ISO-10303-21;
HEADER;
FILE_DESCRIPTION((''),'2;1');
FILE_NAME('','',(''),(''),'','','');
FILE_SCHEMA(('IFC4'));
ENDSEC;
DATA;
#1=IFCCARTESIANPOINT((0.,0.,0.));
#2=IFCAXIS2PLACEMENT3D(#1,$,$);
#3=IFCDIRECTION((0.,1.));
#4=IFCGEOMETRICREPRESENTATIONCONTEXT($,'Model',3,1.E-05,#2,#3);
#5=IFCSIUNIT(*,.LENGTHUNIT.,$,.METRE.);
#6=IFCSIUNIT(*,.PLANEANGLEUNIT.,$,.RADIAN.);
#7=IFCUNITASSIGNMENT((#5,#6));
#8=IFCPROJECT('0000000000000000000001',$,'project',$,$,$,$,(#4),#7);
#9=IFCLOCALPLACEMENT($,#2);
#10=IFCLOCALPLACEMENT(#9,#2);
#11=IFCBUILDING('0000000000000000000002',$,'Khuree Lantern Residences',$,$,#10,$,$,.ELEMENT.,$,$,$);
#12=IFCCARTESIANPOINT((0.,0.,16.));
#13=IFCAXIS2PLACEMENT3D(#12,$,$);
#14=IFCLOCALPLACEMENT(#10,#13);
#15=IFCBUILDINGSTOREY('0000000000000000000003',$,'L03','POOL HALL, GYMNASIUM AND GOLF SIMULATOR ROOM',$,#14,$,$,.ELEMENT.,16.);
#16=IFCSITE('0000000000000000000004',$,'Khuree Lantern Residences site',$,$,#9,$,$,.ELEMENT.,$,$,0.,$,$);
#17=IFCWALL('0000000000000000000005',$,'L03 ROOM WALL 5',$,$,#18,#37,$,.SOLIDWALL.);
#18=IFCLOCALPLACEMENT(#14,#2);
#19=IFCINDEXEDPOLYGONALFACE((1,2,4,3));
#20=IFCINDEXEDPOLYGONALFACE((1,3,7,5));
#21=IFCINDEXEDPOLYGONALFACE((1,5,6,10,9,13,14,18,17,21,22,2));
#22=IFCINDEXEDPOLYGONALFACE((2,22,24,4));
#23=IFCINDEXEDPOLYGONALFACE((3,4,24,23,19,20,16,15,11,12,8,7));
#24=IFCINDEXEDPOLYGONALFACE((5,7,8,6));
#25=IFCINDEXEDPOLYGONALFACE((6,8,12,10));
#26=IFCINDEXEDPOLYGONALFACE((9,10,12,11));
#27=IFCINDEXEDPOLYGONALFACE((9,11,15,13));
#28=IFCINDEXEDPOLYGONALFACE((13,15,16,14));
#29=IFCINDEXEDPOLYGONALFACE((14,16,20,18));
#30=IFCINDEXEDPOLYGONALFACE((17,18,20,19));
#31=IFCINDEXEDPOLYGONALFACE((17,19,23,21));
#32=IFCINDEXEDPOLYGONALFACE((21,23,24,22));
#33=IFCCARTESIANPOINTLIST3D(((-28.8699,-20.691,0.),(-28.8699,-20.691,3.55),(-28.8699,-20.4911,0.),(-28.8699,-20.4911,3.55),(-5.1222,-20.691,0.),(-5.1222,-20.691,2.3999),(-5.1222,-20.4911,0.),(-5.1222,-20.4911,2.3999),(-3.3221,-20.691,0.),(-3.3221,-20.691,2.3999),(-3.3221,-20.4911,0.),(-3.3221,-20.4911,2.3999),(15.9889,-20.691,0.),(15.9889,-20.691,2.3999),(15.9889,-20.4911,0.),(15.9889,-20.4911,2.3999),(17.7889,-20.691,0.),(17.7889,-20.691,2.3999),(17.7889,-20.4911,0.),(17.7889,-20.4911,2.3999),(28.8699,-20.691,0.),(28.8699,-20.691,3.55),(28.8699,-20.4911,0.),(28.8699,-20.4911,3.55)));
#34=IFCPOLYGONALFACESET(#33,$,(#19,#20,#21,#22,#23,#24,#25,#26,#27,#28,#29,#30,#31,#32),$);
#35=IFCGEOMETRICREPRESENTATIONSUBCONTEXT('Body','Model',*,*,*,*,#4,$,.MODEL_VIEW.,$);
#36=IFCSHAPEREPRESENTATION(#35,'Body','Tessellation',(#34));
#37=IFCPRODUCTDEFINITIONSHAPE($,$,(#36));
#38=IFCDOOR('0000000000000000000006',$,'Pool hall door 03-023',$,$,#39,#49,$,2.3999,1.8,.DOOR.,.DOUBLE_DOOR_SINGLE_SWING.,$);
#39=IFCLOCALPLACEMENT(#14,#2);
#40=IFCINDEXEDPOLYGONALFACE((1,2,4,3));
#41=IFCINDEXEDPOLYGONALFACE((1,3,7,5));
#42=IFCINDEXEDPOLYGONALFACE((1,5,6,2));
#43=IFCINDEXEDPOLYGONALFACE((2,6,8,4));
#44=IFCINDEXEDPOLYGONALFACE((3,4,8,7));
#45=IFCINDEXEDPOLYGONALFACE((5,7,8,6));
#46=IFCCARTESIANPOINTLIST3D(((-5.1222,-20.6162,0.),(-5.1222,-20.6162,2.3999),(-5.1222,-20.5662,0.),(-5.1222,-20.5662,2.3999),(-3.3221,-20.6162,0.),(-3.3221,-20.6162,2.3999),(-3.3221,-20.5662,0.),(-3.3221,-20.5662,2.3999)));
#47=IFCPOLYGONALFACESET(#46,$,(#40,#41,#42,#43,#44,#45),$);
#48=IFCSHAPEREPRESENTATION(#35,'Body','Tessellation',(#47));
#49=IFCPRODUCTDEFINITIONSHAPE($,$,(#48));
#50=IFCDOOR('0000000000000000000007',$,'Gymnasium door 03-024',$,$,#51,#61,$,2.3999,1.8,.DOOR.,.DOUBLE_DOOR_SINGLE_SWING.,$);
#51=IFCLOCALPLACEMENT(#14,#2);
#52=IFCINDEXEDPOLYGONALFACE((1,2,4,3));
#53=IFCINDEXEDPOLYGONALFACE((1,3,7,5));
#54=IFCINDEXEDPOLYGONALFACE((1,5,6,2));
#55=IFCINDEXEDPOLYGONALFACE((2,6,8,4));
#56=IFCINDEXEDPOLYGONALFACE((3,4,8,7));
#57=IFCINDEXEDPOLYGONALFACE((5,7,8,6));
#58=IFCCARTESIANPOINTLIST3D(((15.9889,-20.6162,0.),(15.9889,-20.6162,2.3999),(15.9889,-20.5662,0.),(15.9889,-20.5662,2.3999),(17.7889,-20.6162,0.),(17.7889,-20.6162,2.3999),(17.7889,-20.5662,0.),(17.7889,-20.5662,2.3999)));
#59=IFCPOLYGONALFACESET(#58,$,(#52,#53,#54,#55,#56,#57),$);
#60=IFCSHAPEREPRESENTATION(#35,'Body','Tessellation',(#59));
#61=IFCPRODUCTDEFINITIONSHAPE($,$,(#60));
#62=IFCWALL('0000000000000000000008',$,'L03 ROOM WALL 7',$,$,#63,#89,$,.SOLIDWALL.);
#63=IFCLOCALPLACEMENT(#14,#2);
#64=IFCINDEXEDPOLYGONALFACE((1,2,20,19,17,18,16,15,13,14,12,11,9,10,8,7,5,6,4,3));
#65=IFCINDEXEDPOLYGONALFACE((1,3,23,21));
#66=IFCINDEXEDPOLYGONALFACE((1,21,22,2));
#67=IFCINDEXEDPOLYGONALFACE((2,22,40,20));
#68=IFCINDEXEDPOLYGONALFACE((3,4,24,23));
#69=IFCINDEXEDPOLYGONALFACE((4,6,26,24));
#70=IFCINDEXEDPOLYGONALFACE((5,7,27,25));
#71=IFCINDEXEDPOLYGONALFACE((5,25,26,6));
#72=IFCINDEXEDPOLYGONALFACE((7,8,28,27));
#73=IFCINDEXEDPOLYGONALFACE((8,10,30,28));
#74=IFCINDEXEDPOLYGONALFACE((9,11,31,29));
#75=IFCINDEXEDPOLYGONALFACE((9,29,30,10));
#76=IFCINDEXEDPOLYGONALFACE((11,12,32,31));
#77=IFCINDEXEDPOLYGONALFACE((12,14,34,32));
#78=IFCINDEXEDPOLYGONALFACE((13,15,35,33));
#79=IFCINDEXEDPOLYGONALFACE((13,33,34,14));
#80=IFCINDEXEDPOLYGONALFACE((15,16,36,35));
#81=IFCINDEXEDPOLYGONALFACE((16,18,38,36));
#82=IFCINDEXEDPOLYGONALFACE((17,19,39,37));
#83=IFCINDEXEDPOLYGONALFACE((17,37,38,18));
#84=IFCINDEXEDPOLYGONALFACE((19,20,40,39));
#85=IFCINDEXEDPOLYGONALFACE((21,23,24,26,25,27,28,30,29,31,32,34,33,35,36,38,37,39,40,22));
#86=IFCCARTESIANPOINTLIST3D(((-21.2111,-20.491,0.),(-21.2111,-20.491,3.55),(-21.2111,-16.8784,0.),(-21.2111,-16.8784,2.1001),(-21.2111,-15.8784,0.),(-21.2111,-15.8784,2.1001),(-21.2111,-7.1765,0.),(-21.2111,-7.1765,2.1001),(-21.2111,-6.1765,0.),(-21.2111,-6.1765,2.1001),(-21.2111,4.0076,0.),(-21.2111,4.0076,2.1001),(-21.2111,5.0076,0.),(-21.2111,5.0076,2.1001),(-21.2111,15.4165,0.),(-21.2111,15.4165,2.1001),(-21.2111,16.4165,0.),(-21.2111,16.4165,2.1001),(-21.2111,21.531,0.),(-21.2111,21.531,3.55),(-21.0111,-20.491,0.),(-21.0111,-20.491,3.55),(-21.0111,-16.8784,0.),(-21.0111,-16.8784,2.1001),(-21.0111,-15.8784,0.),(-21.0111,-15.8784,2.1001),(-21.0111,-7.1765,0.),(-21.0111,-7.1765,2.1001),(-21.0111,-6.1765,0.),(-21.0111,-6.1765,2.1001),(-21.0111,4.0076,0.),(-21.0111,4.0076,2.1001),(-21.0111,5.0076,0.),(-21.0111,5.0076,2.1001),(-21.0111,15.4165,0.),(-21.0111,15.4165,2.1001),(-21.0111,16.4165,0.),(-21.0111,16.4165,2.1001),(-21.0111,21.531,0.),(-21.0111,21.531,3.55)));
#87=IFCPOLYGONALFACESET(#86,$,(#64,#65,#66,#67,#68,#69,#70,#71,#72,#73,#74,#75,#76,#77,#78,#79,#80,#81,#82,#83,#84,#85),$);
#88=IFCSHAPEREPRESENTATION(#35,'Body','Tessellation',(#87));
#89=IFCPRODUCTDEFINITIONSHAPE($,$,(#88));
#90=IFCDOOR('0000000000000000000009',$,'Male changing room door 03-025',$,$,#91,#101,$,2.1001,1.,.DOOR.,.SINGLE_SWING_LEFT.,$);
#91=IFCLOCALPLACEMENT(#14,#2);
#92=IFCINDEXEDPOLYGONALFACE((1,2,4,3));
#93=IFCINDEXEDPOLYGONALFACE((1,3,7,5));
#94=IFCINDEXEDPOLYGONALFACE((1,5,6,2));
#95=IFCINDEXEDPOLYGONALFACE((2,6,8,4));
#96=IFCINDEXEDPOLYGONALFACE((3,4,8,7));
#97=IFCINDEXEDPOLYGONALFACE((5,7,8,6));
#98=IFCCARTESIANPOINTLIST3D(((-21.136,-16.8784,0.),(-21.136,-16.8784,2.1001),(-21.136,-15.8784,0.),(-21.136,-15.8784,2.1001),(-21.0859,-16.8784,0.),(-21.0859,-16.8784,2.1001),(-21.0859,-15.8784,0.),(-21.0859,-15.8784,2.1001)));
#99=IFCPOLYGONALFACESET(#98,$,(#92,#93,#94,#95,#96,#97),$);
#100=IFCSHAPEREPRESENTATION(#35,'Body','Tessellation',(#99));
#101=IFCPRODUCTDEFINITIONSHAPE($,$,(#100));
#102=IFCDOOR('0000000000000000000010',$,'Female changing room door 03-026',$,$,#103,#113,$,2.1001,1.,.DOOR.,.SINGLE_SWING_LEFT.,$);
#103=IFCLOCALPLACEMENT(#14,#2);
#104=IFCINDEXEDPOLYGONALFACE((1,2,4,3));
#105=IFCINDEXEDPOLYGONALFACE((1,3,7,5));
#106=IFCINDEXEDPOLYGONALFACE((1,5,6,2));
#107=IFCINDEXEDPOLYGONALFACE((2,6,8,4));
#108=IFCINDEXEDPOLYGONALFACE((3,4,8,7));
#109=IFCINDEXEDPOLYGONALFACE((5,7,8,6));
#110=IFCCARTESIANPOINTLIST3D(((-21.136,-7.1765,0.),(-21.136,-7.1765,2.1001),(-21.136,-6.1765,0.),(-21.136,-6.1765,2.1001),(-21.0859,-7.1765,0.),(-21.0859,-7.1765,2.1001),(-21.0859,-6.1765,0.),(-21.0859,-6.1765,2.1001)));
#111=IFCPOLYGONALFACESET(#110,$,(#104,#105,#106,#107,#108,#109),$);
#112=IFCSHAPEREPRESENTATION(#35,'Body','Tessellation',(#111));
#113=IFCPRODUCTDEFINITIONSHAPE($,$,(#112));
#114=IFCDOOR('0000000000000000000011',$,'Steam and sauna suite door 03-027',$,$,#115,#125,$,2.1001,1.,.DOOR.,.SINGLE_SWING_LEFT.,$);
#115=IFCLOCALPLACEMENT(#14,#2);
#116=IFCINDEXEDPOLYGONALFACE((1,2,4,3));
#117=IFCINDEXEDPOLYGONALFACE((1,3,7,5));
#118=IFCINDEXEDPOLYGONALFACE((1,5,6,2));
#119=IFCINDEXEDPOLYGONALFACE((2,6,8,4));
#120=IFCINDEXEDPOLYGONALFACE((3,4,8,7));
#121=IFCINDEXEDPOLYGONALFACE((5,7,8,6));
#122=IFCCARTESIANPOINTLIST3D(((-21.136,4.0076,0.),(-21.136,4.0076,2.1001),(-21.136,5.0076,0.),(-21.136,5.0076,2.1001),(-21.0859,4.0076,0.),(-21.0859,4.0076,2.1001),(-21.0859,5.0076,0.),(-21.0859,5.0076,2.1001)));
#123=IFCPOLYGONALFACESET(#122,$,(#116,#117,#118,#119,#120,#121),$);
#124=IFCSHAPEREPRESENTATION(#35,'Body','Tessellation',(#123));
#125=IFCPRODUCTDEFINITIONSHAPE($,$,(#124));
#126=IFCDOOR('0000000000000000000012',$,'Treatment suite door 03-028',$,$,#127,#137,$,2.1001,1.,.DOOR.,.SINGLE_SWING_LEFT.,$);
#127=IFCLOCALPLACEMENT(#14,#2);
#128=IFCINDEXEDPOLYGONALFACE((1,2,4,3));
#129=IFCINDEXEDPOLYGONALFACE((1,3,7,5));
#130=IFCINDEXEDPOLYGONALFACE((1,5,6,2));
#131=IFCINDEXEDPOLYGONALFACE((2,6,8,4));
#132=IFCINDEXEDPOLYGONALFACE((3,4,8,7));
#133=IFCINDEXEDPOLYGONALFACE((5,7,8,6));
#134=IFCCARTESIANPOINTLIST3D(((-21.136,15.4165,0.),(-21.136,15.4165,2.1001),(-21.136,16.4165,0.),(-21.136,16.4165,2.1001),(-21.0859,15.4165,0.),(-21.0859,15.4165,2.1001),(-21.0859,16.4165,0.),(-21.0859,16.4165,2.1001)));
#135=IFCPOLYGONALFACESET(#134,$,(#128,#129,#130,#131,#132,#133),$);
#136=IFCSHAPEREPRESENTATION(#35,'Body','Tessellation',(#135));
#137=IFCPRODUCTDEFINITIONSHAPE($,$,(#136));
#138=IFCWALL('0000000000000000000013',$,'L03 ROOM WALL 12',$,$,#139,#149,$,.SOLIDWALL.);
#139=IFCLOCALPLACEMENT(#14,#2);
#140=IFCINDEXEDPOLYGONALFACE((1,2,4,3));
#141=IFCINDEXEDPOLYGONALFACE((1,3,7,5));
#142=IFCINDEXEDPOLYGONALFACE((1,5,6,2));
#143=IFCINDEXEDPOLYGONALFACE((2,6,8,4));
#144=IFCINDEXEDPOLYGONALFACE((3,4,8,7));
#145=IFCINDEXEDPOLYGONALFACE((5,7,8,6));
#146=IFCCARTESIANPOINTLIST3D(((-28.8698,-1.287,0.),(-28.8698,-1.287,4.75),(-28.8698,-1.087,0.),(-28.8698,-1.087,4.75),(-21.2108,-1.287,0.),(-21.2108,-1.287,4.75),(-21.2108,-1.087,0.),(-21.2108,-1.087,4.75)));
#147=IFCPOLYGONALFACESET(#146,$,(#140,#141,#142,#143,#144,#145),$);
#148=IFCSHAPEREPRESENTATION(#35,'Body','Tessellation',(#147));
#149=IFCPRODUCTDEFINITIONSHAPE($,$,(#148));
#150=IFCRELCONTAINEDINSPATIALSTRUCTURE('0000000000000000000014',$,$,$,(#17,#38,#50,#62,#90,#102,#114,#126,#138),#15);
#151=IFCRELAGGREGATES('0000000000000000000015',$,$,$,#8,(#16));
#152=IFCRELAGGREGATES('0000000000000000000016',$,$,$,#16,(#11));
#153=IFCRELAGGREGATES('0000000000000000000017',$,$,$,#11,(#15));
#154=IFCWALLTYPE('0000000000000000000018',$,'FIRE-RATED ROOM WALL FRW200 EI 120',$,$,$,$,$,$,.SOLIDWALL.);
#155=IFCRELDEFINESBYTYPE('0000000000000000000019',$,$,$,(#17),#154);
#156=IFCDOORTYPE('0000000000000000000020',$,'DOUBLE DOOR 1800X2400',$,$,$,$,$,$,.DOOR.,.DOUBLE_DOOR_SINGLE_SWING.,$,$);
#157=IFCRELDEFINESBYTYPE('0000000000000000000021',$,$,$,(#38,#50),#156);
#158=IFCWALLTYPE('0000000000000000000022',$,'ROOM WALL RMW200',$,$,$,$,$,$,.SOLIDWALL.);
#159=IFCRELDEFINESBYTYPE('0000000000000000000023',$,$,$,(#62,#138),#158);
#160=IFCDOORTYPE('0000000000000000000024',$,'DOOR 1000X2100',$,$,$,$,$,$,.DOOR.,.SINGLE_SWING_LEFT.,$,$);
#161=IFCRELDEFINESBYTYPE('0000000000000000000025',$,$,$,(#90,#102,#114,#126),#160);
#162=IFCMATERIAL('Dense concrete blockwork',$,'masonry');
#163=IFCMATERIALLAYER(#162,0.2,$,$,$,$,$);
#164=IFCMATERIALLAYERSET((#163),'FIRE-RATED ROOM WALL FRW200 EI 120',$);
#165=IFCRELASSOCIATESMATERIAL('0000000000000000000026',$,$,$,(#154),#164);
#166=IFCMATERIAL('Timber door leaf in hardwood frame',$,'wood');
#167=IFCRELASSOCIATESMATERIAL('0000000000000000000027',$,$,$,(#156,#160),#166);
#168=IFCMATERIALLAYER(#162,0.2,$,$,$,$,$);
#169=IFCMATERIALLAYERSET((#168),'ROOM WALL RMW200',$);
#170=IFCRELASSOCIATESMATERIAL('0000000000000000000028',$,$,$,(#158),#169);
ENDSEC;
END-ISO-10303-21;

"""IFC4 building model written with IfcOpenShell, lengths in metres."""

from ifc_helpers import new_model, si_unit, direction, frame, frame_2d, origin, place, context, subcontext, project, spatial, rectangle, extrude, material, layer, layer_set, type_object, element, fill, save


model = new_model("IFC4")

# Units and contexts
model_context = context("Model", 3, precision=1e-05, world=origin(), true_north=direction((0.0, 1.0)))
body_context = subcontext(model_context, "Body", "Model", "MODEL_VIEW")
ifc_project = project(units=[si_unit("LENGTHUNIT", "METRE"), si_unit("PLANEANGLEUNIT", "RADIAN")], contexts=[model_context])

# Site, building, storey
site_placement = place(None, origin())
site = spatial("IfcSite", under=ifc_project, at=site_placement, Name="Khuree Lantern Residences site", CompositionType="ELEMENT", RefElevation=0.0)
building_placement = place(site_placement, origin())
building = spatial("IfcBuilding", under=site, at=building_placement, Name="Khuree Lantern Residences", CompositionType="ELEMENT")
storey_placement = place(building_placement, frame((0.0, 0.0, 16.0)))
storey = spatial("IfcBuildingStorey", under=building, at=storey_placement, Name="L03", Description="POOL HALL, GYMNASIUM AND GOLF SIMULATOR ROOM", CompositionType="ELEMENT", Elevation=16.0)

# Shared definitions
ifc_material_1 = material(Name="Dense concrete blockwork", Category="masonry")
ifc_layer_1 = layer(ifc_material_1, 0.2)
ifc_layer_set_1 = layer_set([ifc_layer_1], Name="FIRE-RATED ROOM WALL FRW200 EI 120")
wall_type_1 = type_object("IfcWallType", Name="FIRE-RATED ROOM WALL FRW200 EI 120", PredefinedType="SOLIDWALL", material=ifc_layer_set_1)

# Walls, openings, doors
wall_1_placement = place(storey_placement, frame((-28.8699, -20.5911, 0.0), z_axis=(0.0, 0.0, 1.0), x_axis=(1.0, 0.0, 0.0)))
wall_1 = element("IfcWall", 1, at=wall_1_placement, inside=storey, type_object=wall_type_1, Name="L03 ROOM WALL 5", PredefinedType="SOLIDWALL", context=body_context, shape_type="SweptSolid", body=[
    extrude(rectangle(XDim=57.7397, YDim=0.2, at=frame_2d((28.8699, 0.0))), origin(), (0.0, 0.0, 1.0), 3.55),
])
opening_1_placement = place(wall_1_placement, frame((23.7478, 0.0, 0.0)))
opening_1 = element("IfcOpeningElement", 2, at=opening_1_placement, cuts=wall_1, PredefinedType="OPENING", context=body_context, shape_type="SweptSolid", body=[
    extrude(rectangle(XDim=1.8, YDim=2.3999, at=frame_2d((0.8999, 1.2))), frame((0.0, 0.1099, 0.0), z_axis=(0.0, -1.0, 0.0), x_axis=(1.0, 0.0, 0.0)), (0.0, 0.0, 1.0), 0.22),
])
opening_2_placement = place(wall_1_placement, frame((44.8589, 0.0, 0.0)))
opening_2 = element("IfcOpeningElement", 3, at=opening_2_placement, cuts=wall_1, PredefinedType="OPENING", context=body_context, shape_type="SweptSolid", body=[
    extrude(rectangle(XDim=1.8, YDim=2.3999, at=frame_2d((0.8999, 1.2))), frame((0.0, 0.1099, 0.0), z_axis=(0.0, -1.0, 0.0), x_axis=(1.0, 0.0, 0.0)), (0.0, 0.0, 1.0), 0.22),
])
ifc_material_2 = material(Name="Timber door leaf in hardwood frame", Category="wood")
door_type_1 = type_object("IfcDoorType", Name="DOUBLE DOOR 1800X2400", OperationType="DOUBLE_DOOR_SINGLE_SWING", PredefinedType="DOOR", material=ifc_material_2)
door_1_placement = place(opening_1_placement, origin())
door_1 = element("IfcDoor", 4, at=door_1_placement, inside=storey, type_object=door_type_1, Name="Pool hall door 03-023", OperationType="DOUBLE_DOOR_SINGLE_SWING", OverallHeight=2.3999, OverallWidth=1.8, PredefinedType="DOOR", context=body_context, shape_type="SweptSolid", body=[
    extrude(rectangle(XDim=1.8, YDim=2.3999, at=frame_2d((0.8999, 1.2))), frame((0.0, 0.0249, 0.0), z_axis=(0.0, -1.0, 0.0), x_axis=(1.0, 0.0, 0.0)), (0.0, 0.0, 1.0), 0.05),
])
fill(opening_1, door_1)
door_2_placement = place(opening_2_placement, origin())
door_2 = element("IfcDoor", 5, at=door_2_placement, inside=storey, type_object=door_type_1, Name="Gymnasium door 03-024", OperationType="DOUBLE_DOOR_SINGLE_SWING", OverallHeight=2.3999, OverallWidth=1.8, PredefinedType="DOOR", context=body_context, shape_type="SweptSolid", body=[
    extrude(rectangle(XDim=1.8, YDim=2.3999, at=frame_2d((0.8999, 1.2))), frame((0.0, 0.0249, 0.0), z_axis=(0.0, -1.0, 0.0), x_axis=(1.0, 0.0, 0.0)), (0.0, 0.0, 1.0), 0.05),
])
fill(opening_2, door_2)
ifc_layer_2 = layer(ifc_material_1, 0.2)
ifc_layer_set_2 = layer_set([ifc_layer_2], Name="ROOM WALL RMW200")
wall_type_2 = type_object("IfcWallType", Name="ROOM WALL RMW200", PredefinedType="SOLIDWALL", material=ifc_layer_set_2)
wall_2_placement = place(storey_placement, frame((-21.1111, -20.491, 0.0), z_axis=(0.0, 0.0, 1.0), x_axis=(0.0, 1.0, 0.0)))
wall_2 = element("IfcWall", 6, at=wall_2_placement, inside=storey, type_object=wall_type_2, Name="L03 ROOM WALL 7", PredefinedType="SOLIDWALL", context=body_context, shape_type="SweptSolid", body=[
    extrude(rectangle(XDim=42.022, YDim=0.2, at=frame_2d((21.011, 0.0))), origin(), (0.0, 0.0, 1.0), 3.55),
])
opening_3_placement = place(wall_2_placement, frame((3.6125, 0.0, 0.0)))
opening_3 = element("IfcOpeningElement", 7, at=opening_3_placement, cuts=wall_2, PredefinedType="OPENING", context=body_context, shape_type="SweptSolid", body=[
    extrude(rectangle(XDim=1.0, YDim=2.1001, at=frame_2d((0.5, 1.05))), frame((0.0, 0.1099, 0.0), z_axis=(0.0, -1.0, 0.0), x_axis=(1.0, 0.0, 0.0)), (0.0, 0.0, 1.0), 0.22),
])
opening_4_placement = place(wall_2_placement, frame((13.3145, 0.0, 0.0)))
opening_4 = element("IfcOpeningElement", 8, at=opening_4_placement, cuts=wall_2, PredefinedType="OPENING", context=body_context, shape_type="SweptSolid", body=[
    extrude(rectangle(XDim=1.0, YDim=2.1001, at=frame_2d((0.5, 1.05))), frame((0.0, 0.1099, 0.0), z_axis=(0.0, -1.0, 0.0), x_axis=(1.0, 0.0, 0.0)), (0.0, 0.0, 1.0), 0.22),
])
opening_5_placement = place(wall_2_placement, frame((24.4985, 0.0, 0.0)))
opening_5 = element("IfcOpeningElement", 9, at=opening_5_placement, cuts=wall_2, PredefinedType="OPENING", context=body_context, shape_type="SweptSolid", body=[
    extrude(rectangle(XDim=1.0, YDim=2.1001, at=frame_2d((0.5, 1.05))), frame((0.0, 0.1099, 0.0), z_axis=(0.0, -1.0, 0.0), x_axis=(1.0, 0.0, 0.0)), (0.0, 0.0, 1.0), 0.22),
])
opening_6_placement = place(wall_2_placement, frame((35.9075, 0.0, 0.0)))
opening_6 = element("IfcOpeningElement", 10, at=opening_6_placement, cuts=wall_2, PredefinedType="OPENING", context=body_context, shape_type="SweptSolid", body=[
    extrude(rectangle(XDim=1.0, YDim=2.1001, at=frame_2d((0.5, 1.05))), frame((0.0, 0.1099, 0.0), z_axis=(0.0, -1.0, 0.0), x_axis=(1.0, 0.0, 0.0)), (0.0, 0.0, 1.0), 0.22),
])
door_type_2 = type_object("IfcDoorType", Name="DOOR 1000X2100", OperationType="SINGLE_SWING_LEFT", PredefinedType="DOOR", material=ifc_material_2)
door_3_placement = place(opening_3_placement, origin())
door_3 = element("IfcDoor", 11, at=door_3_placement, inside=storey, type_object=door_type_2, Name="Male changing room door 03-025", OperationType="SINGLE_SWING_LEFT", OverallHeight=2.1001, OverallWidth=1.0, PredefinedType="DOOR", context=body_context, shape_type="SweptSolid", body=[
    extrude(rectangle(XDim=1.0, YDim=2.1001, at=frame_2d((0.5, 1.05))), frame((0.0, 0.0249, 0.0), z_axis=(0.0, -1.0, 0.0), x_axis=(1.0, 0.0, 0.0)), (0.0, 0.0, 1.0), 0.05),
])
fill(opening_3, door_3)
door_4_placement = place(opening_4_placement, origin())
door_4 = element("IfcDoor", 12, at=door_4_placement, inside=storey, type_object=door_type_2, Name="Female changing room door 03-026", OperationType="SINGLE_SWING_LEFT", OverallHeight=2.1001, OverallWidth=1.0, PredefinedType="DOOR", context=body_context, shape_type="SweptSolid", body=[
    extrude(rectangle(XDim=1.0, YDim=2.1001, at=frame_2d((0.5, 1.05))), frame((0.0, 0.0249, 0.0), z_axis=(0.0, -1.0, 0.0), x_axis=(1.0, 0.0, 0.0)), (0.0, 0.0, 1.0), 0.05),
])
fill(opening_4, door_4)
door_5_placement = place(opening_5_placement, origin())
door_5 = element("IfcDoor", 13, at=door_5_placement, inside=storey, type_object=door_type_2, Name="Steam and sauna suite door 03-027", OperationType="SINGLE_SWING_LEFT", OverallHeight=2.1001, OverallWidth=1.0, PredefinedType="DOOR", context=body_context, shape_type="SweptSolid", body=[
    extrude(rectangle(XDim=1.0, YDim=2.1001, at=frame_2d((0.5, 1.05))), frame((0.0, 0.0249, 0.0), z_axis=(0.0, -1.0, 0.0), x_axis=(1.0, 0.0, 0.0)), (0.0, 0.0, 1.0), 0.05),
])
fill(opening_5, door_5)
door_6_placement = place(opening_6_placement, origin())
door_6 = element("IfcDoor", 14, at=door_6_placement, inside=storey, type_object=door_type_2, Name="Treatment suite door 03-028", OperationType="SINGLE_SWING_LEFT", OverallHeight=2.1001, OverallWidth=1.0, PredefinedType="DOOR", context=body_context, shape_type="SweptSolid", body=[
    extrude(rectangle(XDim=1.0, YDim=2.1001, at=frame_2d((0.5, 1.05))), frame((0.0, 0.0249, 0.0), z_axis=(0.0, -1.0, 0.0), x_axis=(1.0, 0.0, 0.0)), (0.0, 0.0, 1.0), 0.05),
])
fill(opening_6, door_6)

# Wall
wall_3_placement = place(storey_placement, frame((-28.8699, -1.187, 0.0), z_axis=(0.0, 0.0, 1.0), x_axis=(1.0, 0.0, 0.0)))
element("IfcWall", 15, at=wall_3_placement, inside=storey, type_object=wall_type_2, Name="L03 ROOM WALL 12", PredefinedType="SOLIDWALL", context=body_context, shape_type="SweptSolid", body=[
    extrude(rectangle(XDim=7.6589, YDim=0.2, at=frame_2d((3.8296, 0.0))), origin(), (0.0, 0.0, 1.0), 4.75),
])

save(model, "model.ifc")
